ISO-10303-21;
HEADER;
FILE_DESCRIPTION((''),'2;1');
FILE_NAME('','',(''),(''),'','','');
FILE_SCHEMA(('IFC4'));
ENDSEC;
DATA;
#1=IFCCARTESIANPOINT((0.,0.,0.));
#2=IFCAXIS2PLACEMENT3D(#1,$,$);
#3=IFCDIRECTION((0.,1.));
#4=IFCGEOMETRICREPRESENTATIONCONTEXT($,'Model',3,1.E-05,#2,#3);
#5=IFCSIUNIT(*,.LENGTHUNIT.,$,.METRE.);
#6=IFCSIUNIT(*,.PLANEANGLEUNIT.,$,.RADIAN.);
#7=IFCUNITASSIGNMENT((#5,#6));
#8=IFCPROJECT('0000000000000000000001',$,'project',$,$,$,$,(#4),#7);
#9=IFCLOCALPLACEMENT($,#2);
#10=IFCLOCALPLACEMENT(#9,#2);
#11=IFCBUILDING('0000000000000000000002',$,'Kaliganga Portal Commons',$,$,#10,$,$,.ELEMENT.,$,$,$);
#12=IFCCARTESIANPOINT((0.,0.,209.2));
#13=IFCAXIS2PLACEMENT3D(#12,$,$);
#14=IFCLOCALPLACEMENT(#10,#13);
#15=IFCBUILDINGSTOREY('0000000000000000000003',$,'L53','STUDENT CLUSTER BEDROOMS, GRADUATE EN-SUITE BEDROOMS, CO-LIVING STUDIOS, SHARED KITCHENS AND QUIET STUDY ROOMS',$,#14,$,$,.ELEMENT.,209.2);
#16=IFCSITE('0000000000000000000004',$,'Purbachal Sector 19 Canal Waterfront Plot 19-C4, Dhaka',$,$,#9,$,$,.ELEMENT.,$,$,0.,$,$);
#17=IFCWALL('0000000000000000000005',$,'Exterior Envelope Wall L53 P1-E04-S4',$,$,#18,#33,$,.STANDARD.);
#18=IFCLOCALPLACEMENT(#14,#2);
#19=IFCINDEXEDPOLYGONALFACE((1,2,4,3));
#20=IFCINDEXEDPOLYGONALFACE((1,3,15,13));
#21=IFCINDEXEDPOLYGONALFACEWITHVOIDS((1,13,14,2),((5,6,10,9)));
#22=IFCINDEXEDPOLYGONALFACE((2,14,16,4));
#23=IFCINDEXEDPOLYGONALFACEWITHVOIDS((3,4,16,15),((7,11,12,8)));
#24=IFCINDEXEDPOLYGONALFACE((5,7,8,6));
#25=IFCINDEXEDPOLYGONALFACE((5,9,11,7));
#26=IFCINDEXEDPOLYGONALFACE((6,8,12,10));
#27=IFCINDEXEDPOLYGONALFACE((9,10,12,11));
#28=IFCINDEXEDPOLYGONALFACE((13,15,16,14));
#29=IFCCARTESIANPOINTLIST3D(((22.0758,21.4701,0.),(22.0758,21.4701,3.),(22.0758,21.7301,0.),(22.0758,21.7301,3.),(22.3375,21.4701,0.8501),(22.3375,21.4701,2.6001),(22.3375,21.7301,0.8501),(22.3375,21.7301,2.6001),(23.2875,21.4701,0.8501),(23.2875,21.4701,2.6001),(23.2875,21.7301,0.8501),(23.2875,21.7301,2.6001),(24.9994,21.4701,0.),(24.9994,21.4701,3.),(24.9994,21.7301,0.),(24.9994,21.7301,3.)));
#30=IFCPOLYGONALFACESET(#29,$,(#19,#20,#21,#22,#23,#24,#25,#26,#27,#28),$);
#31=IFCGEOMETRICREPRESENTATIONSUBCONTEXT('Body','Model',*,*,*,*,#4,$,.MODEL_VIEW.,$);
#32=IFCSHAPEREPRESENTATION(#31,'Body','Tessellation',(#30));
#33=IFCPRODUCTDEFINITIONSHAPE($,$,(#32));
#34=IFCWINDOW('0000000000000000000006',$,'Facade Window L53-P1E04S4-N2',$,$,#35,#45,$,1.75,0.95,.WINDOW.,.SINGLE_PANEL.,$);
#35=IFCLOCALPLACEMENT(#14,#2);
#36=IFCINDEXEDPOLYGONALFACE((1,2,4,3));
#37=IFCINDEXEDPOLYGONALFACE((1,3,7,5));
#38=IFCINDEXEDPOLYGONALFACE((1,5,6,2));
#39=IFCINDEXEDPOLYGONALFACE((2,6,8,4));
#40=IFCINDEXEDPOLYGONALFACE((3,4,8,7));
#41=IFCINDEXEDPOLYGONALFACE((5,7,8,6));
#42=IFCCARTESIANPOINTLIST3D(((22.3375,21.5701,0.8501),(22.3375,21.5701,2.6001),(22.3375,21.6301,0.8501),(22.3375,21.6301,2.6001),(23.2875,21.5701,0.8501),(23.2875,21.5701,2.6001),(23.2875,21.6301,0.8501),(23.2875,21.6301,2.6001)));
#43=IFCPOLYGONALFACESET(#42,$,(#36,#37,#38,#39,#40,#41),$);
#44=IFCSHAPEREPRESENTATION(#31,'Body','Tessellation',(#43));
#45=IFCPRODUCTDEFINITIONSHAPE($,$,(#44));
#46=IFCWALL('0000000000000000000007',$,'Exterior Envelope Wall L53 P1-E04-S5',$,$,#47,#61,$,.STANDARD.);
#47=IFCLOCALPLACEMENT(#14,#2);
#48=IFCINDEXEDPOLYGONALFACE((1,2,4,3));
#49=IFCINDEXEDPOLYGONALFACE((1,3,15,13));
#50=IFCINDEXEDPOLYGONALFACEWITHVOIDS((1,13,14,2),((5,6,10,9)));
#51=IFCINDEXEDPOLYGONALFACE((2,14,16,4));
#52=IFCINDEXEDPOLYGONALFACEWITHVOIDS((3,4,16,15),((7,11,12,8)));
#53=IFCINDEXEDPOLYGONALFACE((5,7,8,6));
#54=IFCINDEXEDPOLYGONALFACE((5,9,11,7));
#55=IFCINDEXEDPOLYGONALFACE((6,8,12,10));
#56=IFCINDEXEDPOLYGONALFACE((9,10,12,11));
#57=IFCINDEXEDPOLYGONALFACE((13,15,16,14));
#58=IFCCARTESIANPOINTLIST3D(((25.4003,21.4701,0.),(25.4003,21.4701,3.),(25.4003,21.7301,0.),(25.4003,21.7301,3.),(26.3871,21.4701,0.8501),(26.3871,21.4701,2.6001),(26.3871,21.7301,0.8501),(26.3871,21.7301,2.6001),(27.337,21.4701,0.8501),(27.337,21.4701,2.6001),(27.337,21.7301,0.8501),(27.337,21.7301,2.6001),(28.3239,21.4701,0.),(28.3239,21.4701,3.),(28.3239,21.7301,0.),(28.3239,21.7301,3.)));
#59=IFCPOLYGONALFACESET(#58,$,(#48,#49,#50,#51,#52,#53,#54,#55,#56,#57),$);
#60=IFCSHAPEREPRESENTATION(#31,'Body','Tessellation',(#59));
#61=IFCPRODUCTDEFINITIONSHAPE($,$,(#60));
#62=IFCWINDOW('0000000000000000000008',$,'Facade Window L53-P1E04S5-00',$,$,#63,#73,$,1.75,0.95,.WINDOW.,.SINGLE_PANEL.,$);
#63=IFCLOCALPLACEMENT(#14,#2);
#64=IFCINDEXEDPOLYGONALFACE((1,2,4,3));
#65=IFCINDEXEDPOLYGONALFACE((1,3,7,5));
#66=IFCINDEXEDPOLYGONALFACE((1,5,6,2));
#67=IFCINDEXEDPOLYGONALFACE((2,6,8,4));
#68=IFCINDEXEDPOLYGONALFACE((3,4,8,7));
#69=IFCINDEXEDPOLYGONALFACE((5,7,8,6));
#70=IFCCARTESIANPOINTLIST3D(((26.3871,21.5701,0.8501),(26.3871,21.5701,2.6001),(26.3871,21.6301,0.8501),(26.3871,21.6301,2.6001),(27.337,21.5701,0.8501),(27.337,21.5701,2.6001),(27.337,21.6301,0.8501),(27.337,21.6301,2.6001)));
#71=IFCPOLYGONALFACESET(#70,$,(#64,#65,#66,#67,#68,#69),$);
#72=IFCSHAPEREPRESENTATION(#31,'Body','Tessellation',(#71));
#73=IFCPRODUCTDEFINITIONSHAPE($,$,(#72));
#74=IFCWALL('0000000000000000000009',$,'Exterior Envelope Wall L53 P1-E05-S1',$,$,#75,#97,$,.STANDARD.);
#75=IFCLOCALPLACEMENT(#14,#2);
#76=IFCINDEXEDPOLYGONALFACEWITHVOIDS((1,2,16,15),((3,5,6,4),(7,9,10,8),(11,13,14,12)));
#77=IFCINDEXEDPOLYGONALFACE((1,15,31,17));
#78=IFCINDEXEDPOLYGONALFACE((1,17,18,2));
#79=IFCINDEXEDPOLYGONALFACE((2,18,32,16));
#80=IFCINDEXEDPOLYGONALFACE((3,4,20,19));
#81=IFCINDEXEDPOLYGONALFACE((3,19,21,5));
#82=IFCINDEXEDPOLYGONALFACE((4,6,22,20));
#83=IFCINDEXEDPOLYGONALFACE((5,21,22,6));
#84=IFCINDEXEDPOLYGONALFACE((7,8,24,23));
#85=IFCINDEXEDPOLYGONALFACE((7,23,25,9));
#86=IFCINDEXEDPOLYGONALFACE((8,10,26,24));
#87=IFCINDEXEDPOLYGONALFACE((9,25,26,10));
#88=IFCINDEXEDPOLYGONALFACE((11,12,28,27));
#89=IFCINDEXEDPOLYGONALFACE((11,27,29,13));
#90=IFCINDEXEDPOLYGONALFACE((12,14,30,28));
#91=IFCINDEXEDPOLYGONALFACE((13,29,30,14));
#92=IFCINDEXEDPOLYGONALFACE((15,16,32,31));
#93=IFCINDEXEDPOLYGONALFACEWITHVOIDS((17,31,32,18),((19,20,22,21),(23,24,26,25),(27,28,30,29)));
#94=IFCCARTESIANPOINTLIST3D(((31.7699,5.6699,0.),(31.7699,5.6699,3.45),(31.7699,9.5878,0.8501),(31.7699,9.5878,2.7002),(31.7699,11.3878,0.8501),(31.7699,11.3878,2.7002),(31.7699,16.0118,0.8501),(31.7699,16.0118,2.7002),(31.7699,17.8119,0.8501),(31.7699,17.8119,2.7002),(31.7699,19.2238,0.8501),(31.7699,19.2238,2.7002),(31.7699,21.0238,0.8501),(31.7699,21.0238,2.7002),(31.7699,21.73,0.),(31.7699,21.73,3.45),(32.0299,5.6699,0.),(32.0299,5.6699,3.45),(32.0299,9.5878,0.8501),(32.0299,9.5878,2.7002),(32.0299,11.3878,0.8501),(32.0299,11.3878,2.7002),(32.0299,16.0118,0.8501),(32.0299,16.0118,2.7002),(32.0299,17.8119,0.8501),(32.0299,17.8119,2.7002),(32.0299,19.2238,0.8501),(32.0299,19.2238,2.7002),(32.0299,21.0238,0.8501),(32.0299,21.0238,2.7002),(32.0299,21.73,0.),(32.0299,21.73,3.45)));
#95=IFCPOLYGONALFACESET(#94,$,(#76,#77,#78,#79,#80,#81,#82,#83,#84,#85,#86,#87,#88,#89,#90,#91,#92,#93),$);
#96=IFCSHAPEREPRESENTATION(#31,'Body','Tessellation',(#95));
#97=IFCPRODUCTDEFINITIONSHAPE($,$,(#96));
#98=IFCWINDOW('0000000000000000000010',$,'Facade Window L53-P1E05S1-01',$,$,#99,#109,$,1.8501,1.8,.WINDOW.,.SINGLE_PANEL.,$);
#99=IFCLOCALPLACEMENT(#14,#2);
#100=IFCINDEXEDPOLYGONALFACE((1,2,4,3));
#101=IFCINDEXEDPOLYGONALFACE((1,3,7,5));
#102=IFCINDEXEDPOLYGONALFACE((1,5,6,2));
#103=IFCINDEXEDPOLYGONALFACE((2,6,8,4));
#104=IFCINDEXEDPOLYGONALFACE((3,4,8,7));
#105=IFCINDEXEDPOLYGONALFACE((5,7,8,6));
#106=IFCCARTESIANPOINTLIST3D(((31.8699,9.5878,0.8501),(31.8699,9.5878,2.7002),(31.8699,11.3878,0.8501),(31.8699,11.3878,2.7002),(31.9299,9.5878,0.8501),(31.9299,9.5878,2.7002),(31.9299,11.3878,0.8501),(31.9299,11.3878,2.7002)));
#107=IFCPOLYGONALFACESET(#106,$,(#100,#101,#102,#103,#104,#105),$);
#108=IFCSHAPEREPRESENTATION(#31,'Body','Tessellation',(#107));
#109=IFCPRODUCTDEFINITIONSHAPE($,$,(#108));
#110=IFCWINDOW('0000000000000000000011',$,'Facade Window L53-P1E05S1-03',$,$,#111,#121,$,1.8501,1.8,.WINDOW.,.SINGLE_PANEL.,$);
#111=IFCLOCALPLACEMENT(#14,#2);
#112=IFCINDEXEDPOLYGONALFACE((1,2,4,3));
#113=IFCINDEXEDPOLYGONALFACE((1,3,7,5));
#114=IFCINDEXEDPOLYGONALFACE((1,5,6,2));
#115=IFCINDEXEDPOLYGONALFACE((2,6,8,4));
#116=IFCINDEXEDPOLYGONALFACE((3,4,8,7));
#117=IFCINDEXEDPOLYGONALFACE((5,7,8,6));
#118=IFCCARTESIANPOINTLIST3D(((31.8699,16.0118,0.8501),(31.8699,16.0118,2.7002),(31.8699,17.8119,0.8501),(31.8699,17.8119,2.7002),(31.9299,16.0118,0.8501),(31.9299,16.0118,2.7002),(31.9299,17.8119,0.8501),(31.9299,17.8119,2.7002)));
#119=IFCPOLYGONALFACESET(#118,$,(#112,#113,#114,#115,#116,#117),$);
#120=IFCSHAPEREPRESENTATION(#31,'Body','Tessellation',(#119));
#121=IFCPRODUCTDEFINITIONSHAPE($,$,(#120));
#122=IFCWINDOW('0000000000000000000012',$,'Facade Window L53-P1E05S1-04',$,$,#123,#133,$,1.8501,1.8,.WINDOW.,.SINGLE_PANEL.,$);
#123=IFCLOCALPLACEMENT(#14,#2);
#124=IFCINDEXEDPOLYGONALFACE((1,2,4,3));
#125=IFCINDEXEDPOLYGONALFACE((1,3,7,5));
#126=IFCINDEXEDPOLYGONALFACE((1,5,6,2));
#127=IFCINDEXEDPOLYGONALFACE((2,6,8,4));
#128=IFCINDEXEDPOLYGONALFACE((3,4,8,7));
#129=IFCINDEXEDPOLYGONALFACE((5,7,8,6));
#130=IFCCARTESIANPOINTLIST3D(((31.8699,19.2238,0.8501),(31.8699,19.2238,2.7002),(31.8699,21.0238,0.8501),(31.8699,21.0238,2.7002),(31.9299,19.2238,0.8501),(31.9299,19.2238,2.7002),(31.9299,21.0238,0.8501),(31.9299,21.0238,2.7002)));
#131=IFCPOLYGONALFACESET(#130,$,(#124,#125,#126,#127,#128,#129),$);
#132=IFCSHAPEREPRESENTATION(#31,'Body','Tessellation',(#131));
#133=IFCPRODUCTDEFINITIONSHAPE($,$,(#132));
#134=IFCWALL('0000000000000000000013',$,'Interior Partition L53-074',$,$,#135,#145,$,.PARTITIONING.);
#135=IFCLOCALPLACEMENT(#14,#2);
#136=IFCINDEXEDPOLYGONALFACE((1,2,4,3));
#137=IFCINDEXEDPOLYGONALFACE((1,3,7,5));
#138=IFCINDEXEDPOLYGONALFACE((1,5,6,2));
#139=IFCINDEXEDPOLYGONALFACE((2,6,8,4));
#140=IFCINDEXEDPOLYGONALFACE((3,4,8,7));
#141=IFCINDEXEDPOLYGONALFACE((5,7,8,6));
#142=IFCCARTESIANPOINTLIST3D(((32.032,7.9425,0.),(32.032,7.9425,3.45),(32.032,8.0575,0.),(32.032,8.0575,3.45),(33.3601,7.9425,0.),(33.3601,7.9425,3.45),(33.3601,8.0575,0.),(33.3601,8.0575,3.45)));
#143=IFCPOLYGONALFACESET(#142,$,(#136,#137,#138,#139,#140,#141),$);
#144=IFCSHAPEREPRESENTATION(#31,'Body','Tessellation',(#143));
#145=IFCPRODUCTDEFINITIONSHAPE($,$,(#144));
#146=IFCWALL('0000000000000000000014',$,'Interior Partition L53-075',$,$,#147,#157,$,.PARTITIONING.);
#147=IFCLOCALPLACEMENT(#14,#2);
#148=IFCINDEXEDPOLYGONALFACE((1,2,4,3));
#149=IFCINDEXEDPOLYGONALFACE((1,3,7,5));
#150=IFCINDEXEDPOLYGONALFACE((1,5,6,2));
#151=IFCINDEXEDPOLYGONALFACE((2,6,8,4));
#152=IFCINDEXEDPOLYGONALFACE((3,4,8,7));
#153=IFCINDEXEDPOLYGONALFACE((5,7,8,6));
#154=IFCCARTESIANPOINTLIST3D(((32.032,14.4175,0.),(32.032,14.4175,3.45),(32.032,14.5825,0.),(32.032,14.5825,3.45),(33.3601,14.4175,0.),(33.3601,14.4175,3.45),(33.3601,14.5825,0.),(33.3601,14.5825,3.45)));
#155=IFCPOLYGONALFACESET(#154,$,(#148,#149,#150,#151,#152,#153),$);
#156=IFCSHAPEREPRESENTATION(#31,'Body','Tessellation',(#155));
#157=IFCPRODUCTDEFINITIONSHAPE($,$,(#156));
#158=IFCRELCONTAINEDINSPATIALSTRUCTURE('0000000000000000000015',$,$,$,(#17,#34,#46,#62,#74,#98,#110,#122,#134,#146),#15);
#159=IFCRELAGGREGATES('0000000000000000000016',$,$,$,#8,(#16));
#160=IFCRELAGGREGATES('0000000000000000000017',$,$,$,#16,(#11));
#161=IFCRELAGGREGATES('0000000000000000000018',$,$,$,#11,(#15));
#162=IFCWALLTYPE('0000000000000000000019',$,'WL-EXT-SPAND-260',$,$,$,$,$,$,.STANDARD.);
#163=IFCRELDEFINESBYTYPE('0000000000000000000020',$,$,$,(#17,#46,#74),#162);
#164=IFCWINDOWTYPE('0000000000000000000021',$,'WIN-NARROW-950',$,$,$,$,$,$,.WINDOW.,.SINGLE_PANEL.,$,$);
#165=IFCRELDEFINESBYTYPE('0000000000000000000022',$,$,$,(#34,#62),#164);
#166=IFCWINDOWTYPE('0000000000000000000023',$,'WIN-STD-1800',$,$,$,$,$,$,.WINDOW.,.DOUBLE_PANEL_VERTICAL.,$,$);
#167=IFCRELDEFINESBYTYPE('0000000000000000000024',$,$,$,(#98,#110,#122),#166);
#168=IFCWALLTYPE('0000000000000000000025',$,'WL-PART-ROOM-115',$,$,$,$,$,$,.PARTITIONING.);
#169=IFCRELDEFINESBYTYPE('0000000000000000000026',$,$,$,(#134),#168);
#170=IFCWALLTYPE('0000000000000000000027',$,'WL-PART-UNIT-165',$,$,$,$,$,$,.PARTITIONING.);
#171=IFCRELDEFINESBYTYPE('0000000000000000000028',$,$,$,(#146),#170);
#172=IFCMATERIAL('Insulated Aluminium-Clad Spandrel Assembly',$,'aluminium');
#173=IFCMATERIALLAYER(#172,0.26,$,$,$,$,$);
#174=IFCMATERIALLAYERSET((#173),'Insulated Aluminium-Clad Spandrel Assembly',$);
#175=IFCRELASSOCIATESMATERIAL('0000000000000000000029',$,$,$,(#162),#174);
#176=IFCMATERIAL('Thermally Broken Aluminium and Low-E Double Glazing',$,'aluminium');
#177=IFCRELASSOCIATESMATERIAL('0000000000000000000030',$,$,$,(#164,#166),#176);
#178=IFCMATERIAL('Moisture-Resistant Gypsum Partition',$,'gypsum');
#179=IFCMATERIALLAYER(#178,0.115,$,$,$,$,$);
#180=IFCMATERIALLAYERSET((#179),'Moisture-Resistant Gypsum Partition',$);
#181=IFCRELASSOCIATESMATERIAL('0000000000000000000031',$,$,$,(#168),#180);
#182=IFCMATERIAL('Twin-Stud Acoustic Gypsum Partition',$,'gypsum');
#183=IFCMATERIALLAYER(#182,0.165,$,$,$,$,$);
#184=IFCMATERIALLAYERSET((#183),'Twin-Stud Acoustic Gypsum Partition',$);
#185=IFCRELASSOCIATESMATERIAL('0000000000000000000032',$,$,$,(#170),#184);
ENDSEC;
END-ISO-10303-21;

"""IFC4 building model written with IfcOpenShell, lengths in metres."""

from ifc_helpers import new_model, si_unit, direction, frame, frame_2d, origin, place, context, subcontext, project, spatial, rectangle, extrude, material, layer, layer_set, type_object, element, fill, save


model = new_model("IFC4")

# Units and contexts
model_context = context("Model", 3, precision=1e-05, world=origin(), true_north=direction((0.0, 1.0)))
body_context = subcontext(model_context, "Body", "Model", "MODEL_VIEW")
ifc_project = project(units=[si_unit("LENGTHUNIT", "METRE"), si_unit("PLANEANGLEUNIT", "RADIAN")], contexts=[model_context])

# Site, building, storey
site_placement = place(None, origin())
site = spatial("IfcSite", under=ifc_project, at=site_placement, Name="Purbachal Sector 19 Canal Waterfront Plot 19-C4, Dhaka", CompositionType="ELEMENT", RefElevation=0.0)
building_placement = place(site_placement, origin())
building = spatial("IfcBuilding", under=site, at=building_placement, Name="Kaliganga Portal Commons", CompositionType="ELEMENT")
storey_placement = place(building_placement, frame((0.0, 0.0, 209.2)))
storey = spatial("IfcBuildingStorey", under=building, at=storey_placement, Name="L53", Description="STUDENT CLUSTER BEDROOMS, GRADUATE EN-SUITE BEDROOMS, CO-LIVING STUDIOS, SHARED KITCHENS AND QUIET STUDY ROOMS", CompositionType="ELEMENT", Elevation=209.2)

# Walls, openings, windows
ifc_material_1 = material(Name="Insulated Aluminium-Clad Spandrel Assembly", Category="aluminium")
ifc_layer_1 = layer(ifc_material_1, 0.26)
ifc_layer_set_1 = layer_set([ifc_layer_1], Name="Insulated Aluminium-Clad Spandrel Assembly")
wall_type_1 = type_object("IfcWallType", Name="WL-EXT-SPAND-260", PredefinedType="STANDARD", material=ifc_layer_set_1)
ifc_material_2 = material(Name="Thermally Broken Aluminium and Low-E Double Glazing", Category="aluminium")
window_type_1 = type_object("IfcWindowType", Name="WIN-NARROW-950", PartitioningType="SINGLE_PANEL", PredefinedType="WINDOW", material=ifc_material_2)
wall_1_placement = place(storey_placement, frame((24.9995, 21.6001, 0.0), z_axis=(0.0, 0.0, 1.0), x_axis=(-1.0, 0.0, 0.0)))
wall_1 = element("IfcWall", 1, at=wall_1_placement, inside=storey, type_object=wall_type_1, Name="Exterior Envelope Wall L53 P1-E04-S4", PredefinedType="STANDARD", context=body_context, shape_type="SweptSolid", body=[
    extrude(rectangle(XDim=2.9236, YDim=0.26, at=frame_2d((1.4619, 0.0))), origin(), (0.0, 0.0, 1.0), 3.0),
])
opening_1_placement = place(wall_1_placement, frame((1.7119, 0.0, 0.8501)))
opening_1 = element("IfcOpeningElement", 2, at=opening_1_placement, cuts=wall_1, PredefinedType="OPENING", context=body_context, shape_type="SweptSolid", body=[
    extrude(rectangle(XDim=0.95, YDim=1.75, at=frame_2d((0.4751, 0.875))), frame((0.0, 0.1401, 0.0), z_axis=(0.0, -1.0, 0.0), x_axis=(1.0, 0.0, 0.0)), (0.0, 0.0, 1.0), 0.28),
])
window_1_placement = place(opening_1_placement, origin())
window_1 = element("IfcWindow", 3, at=window_1_placement, inside=storey, type_object=window_type_1, Name="Facade Window L53-P1E04S4-N2", OverallHeight=1.75, OverallWidth=0.95, PartitioningType="SINGLE_PANEL", PredefinedType="WINDOW", context=body_context, shape_type="SweptSolid", body=[
    extrude(rectangle(XDim=0.95, YDim=1.75, at=frame_2d((0.4751, 0.875))), frame((0.0, 0.03, 0.0), z_axis=(0.0, -1.0, 0.0), x_axis=(1.0, 0.0, 0.0)), (0.0, 0.0, 1.0), 0.0601),
])
fill(opening_1, window_1)
wall_2_placement = place(storey_placement, frame((28.324, 21.6001, 0.0), z_axis=(0.0, 0.0, 1.0), x_axis=(-1.0, 0.0, 0.0)))
wall_2 = element("IfcWall", 4, at=wall_2_placement, inside=storey, type_object=wall_type_1, Name="Exterior Envelope Wall L53 P1-E04-S5", PredefinedType="STANDARD", context=body_context, shape_type="SweptSolid", body=[
    extrude(rectangle(XDim=2.9236, YDim=0.26, at=frame_2d((1.4619, 0.0))), origin(), (0.0, 0.0, 1.0), 3.0),
])
opening_2_placement = place(wall_2_placement, frame((0.9868, 0.0, 0.8501)))
opening_2 = element("IfcOpeningElement", 5, at=opening_2_placement, cuts=wall_2, PredefinedType="OPENING", context=body_context, shape_type="SweptSolid", body=[
    extrude(rectangle(XDim=0.95, YDim=1.75, at=frame_2d((0.4751, 0.875))), frame((0.0, 0.1401, 0.0), z_axis=(0.0, -1.0, 0.0), x_axis=(1.0, 0.0, 0.0)), (0.0, 0.0, 1.0), 0.28),
])
window_2_placement = place(opening_2_placement, origin())
window_2 = element("IfcWindow", 6, at=window_2_placement, inside=storey, type_object=window_type_1, Name="Facade Window L53-P1E04S5-00", OverallHeight=1.75, OverallWidth=0.95, PartitioningType="SINGLE_PANEL", PredefinedType="WINDOW", context=body_context, shape_type="SweptSolid", body=[
    extrude(rectangle(XDim=0.95, YDim=1.75, at=frame_2d((0.4751, 0.875))), frame((0.0, 0.03, 0.0), z_axis=(0.0, -1.0, 0.0), x_axis=(1.0, 0.0, 0.0)), (0.0, 0.0, 1.0), 0.0601),
])
fill(opening_2, window_2)

# Wall, openings, windows
wall_3_placement = place(storey_placement, frame((31.8999, 5.6699, 0.0), z_axis=(0.0, 0.0, 1.0), x_axis=(0.0, 1.0, 0.0)))
wall_3 = element("IfcWall", 7, at=wall_3_placement, inside=storey, type_object=wall_type_1, Name="Exterior Envelope Wall L53 P1-E05-S1", PredefinedType="STANDARD", context=body_context, shape_type="SweptSolid", body=[
    extrude(rectangle(XDim=16.0601, YDim=0.26, at=frame_2d((8.03, 0.0))), origin(), (0.0, 0.0, 1.0), 3.45),
])
opening_3_placement = place(wall_3_placement, frame((3.918, 0.0, 0.8501)))
opening_3 = element("IfcOpeningElement", 8, at=opening_3_placement, cuts=wall_3, PredefinedType="OPENING", context=body_context, shape_type="SweptSolid", body=[
    extrude(rectangle(XDim=1.8, YDim=1.8501, at=frame_2d((0.8999, 0.925))), frame((0.0, 0.1401, 0.0), z_axis=(0.0, -1.0, 0.0), x_axis=(1.0, 0.0, 0.0)), (0.0, 0.0, 1.0), 0.28),
])
opening_4_placement = place(wall_3_placement, frame((10.342, 0.0, 0.8501)))
opening_4 = element("IfcOpeningElement", 9, at=opening_4_placement, cuts=wall_3, PredefinedType="OPENING", context=body_context, shape_type="SweptSolid", body=[
    extrude(rectangle(XDim=1.8, YDim=1.8501, at=frame_2d((0.8999, 0.925))), frame((0.0, 0.1401, 0.0), z_axis=(0.0, -1.0, 0.0), x_axis=(1.0, 0.0, 0.0)), (0.0, 0.0, 1.0), 0.28),
])
opening_5_placement = place(wall_3_placement, frame((13.554, 0.0, 0.8501)))
opening_5 = element("IfcOpeningElement", 10, at=opening_5_placement, cuts=wall_3, PredefinedType="OPENING", context=body_context, shape_type="SweptSolid", body=[
    extrude(rectangle(XDim=1.8, YDim=1.8501, at=frame_2d((0.8999, 0.925))), frame((0.0, 0.1401, 0.0), z_axis=(0.0, -1.0, 0.0), x_axis=(1.0, 0.0, 0.0)), (0.0, 0.0, 1.0), 0.28),
])
window_type_2 = type_object("IfcWindowType", Name="WIN-STD-1800", PartitioningType="DOUBLE_PANEL_VERTICAL", PredefinedType="WINDOW", material=ifc_material_2)
window_3_placement = place(opening_3_placement, origin())
window_3 = element("IfcWindow", 11, at=window_3_placement, inside=storey, type_object=window_type_2, Name="Facade Window L53-P1E05S1-01", OverallHeight=1.8501, OverallWidth=1.8, PartitioningType="SINGLE_PANEL", PredefinedType="WINDOW", context=body_context, shape_type="SweptSolid", body=[
    extrude(rectangle(XDim=1.8, YDim=1.8501, at=frame_2d((0.8999, 0.925))), frame((0.0, 0.03, 0.0), z_axis=(0.0, -1.0, 0.0), x_axis=(1.0, 0.0, 0.0)), (0.0, 0.0, 1.0), 0.0601),
])
fill(opening_3, window_3)
window_4_placement = place(opening_4_placement, origin())
window_4 = element("IfcWindow", 12, at=window_4_placement, inside=storey, type_object=window_type_2, Name="Facade Window L53-P1E05S1-03", OverallHeight=1.8501, OverallWidth=1.8, PartitioningType="SINGLE_PANEL", PredefinedType="WINDOW", context=body_context, shape_type="SweptSolid", body=[
    extrude(rectangle(XDim=1.8, YDim=1.8501, at=frame_2d((0.8999, 0.925))), frame((0.0, 0.03, 0.0), z_axis=(0.0, -1.0, 0.0), x_axis=(1.0, 0.0, 0.0)), (0.0, 0.0, 1.0), 0.0601),
])
fill(opening_4, window_4)
window_5_placement = place(opening_5_placement, origin())
window_5 = element("IfcWindow", 13, at=window_5_placement, inside=storey, type_object=window_type_2, Name="Facade Window L53-P1E05S1-04", OverallHeight=1.8501, OverallWidth=1.8, PartitioningType="SINGLE_PANEL", PredefinedType="WINDOW", context=body_context, shape_type="SweptSolid", body=[
    extrude(rectangle(XDim=1.8, YDim=1.8501, at=frame_2d((0.8999, 0.925))), frame((0.0, 0.03, 0.0), z_axis=(0.0, -1.0, 0.0), x_axis=(1.0, 0.0, 0.0)), (0.0, 0.0, 1.0), 0.0601),
])
fill(opening_5, window_5)

# Walls
ifc_material_3 = material(Name="Moisture-Resistant Gypsum Partition", Category="gypsum")
ifc_layer_2 = layer(ifc_material_3, 0.115)
ifc_layer_set_2 = layer_set([ifc_layer_2], Name="Moisture-Resistant Gypsum Partition")
wall_type_2 = type_object("IfcWallType", Name="WL-PART-ROOM-115", PredefinedType="PARTITIONING", material=ifc_layer_set_2)
wall_4_placement = place(storey_placement, frame((32.032, 8.0, 0.0), z_axis=(0.0, 0.0, 1.0), x_axis=(1.0, 0.0, 0.0)))
element("IfcWall", 14, at=wall_4_placement, inside=storey, type_object=wall_type_2, Name="Interior Partition L53-074", PredefinedType="PARTITIONING", context=body_context, shape_type="SweptSolid", body=[
    extrude(rectangle(XDim=1.3281, YDim=0.115, at=frame_2d((0.6641, 0.0))), origin(), (0.0, 0.0, 1.0), 3.45),
])
ifc_material_4 = material(Name="Twin-Stud Acoustic Gypsum Partition", Category="gypsum")
ifc_layer_3 = layer(ifc_material_4, 0.165)
ifc_layer_set_3 = layer_set([ifc_layer_3], Name="Twin-Stud Acoustic Gypsum Partition")
wall_type_3 = type_object("IfcWallType", Name="WL-PART-UNIT-165", PredefinedType="PARTITIONING", material=ifc_layer_set_3)
wall_5_placement = place(storey_placement, frame((32.032, 14.5, 0.0), z_axis=(0.0, 0.0, 1.0), x_axis=(1.0, 0.0, 0.0)))
element("IfcWall", 15, at=wall_5_placement, inside=storey, type_object=wall_type_3, Name="Interior Partition L53-075", PredefinedType="PARTITIONING", context=body_context, shape_type="SweptSolid", body=[
    extrude(rectangle(XDim=1.3281, YDim=0.165, at=frame_2d((0.6641, 0.0))), origin(), (0.0, 0.0, 1.0), 3.45),
])

save(model, "model.ifc")
